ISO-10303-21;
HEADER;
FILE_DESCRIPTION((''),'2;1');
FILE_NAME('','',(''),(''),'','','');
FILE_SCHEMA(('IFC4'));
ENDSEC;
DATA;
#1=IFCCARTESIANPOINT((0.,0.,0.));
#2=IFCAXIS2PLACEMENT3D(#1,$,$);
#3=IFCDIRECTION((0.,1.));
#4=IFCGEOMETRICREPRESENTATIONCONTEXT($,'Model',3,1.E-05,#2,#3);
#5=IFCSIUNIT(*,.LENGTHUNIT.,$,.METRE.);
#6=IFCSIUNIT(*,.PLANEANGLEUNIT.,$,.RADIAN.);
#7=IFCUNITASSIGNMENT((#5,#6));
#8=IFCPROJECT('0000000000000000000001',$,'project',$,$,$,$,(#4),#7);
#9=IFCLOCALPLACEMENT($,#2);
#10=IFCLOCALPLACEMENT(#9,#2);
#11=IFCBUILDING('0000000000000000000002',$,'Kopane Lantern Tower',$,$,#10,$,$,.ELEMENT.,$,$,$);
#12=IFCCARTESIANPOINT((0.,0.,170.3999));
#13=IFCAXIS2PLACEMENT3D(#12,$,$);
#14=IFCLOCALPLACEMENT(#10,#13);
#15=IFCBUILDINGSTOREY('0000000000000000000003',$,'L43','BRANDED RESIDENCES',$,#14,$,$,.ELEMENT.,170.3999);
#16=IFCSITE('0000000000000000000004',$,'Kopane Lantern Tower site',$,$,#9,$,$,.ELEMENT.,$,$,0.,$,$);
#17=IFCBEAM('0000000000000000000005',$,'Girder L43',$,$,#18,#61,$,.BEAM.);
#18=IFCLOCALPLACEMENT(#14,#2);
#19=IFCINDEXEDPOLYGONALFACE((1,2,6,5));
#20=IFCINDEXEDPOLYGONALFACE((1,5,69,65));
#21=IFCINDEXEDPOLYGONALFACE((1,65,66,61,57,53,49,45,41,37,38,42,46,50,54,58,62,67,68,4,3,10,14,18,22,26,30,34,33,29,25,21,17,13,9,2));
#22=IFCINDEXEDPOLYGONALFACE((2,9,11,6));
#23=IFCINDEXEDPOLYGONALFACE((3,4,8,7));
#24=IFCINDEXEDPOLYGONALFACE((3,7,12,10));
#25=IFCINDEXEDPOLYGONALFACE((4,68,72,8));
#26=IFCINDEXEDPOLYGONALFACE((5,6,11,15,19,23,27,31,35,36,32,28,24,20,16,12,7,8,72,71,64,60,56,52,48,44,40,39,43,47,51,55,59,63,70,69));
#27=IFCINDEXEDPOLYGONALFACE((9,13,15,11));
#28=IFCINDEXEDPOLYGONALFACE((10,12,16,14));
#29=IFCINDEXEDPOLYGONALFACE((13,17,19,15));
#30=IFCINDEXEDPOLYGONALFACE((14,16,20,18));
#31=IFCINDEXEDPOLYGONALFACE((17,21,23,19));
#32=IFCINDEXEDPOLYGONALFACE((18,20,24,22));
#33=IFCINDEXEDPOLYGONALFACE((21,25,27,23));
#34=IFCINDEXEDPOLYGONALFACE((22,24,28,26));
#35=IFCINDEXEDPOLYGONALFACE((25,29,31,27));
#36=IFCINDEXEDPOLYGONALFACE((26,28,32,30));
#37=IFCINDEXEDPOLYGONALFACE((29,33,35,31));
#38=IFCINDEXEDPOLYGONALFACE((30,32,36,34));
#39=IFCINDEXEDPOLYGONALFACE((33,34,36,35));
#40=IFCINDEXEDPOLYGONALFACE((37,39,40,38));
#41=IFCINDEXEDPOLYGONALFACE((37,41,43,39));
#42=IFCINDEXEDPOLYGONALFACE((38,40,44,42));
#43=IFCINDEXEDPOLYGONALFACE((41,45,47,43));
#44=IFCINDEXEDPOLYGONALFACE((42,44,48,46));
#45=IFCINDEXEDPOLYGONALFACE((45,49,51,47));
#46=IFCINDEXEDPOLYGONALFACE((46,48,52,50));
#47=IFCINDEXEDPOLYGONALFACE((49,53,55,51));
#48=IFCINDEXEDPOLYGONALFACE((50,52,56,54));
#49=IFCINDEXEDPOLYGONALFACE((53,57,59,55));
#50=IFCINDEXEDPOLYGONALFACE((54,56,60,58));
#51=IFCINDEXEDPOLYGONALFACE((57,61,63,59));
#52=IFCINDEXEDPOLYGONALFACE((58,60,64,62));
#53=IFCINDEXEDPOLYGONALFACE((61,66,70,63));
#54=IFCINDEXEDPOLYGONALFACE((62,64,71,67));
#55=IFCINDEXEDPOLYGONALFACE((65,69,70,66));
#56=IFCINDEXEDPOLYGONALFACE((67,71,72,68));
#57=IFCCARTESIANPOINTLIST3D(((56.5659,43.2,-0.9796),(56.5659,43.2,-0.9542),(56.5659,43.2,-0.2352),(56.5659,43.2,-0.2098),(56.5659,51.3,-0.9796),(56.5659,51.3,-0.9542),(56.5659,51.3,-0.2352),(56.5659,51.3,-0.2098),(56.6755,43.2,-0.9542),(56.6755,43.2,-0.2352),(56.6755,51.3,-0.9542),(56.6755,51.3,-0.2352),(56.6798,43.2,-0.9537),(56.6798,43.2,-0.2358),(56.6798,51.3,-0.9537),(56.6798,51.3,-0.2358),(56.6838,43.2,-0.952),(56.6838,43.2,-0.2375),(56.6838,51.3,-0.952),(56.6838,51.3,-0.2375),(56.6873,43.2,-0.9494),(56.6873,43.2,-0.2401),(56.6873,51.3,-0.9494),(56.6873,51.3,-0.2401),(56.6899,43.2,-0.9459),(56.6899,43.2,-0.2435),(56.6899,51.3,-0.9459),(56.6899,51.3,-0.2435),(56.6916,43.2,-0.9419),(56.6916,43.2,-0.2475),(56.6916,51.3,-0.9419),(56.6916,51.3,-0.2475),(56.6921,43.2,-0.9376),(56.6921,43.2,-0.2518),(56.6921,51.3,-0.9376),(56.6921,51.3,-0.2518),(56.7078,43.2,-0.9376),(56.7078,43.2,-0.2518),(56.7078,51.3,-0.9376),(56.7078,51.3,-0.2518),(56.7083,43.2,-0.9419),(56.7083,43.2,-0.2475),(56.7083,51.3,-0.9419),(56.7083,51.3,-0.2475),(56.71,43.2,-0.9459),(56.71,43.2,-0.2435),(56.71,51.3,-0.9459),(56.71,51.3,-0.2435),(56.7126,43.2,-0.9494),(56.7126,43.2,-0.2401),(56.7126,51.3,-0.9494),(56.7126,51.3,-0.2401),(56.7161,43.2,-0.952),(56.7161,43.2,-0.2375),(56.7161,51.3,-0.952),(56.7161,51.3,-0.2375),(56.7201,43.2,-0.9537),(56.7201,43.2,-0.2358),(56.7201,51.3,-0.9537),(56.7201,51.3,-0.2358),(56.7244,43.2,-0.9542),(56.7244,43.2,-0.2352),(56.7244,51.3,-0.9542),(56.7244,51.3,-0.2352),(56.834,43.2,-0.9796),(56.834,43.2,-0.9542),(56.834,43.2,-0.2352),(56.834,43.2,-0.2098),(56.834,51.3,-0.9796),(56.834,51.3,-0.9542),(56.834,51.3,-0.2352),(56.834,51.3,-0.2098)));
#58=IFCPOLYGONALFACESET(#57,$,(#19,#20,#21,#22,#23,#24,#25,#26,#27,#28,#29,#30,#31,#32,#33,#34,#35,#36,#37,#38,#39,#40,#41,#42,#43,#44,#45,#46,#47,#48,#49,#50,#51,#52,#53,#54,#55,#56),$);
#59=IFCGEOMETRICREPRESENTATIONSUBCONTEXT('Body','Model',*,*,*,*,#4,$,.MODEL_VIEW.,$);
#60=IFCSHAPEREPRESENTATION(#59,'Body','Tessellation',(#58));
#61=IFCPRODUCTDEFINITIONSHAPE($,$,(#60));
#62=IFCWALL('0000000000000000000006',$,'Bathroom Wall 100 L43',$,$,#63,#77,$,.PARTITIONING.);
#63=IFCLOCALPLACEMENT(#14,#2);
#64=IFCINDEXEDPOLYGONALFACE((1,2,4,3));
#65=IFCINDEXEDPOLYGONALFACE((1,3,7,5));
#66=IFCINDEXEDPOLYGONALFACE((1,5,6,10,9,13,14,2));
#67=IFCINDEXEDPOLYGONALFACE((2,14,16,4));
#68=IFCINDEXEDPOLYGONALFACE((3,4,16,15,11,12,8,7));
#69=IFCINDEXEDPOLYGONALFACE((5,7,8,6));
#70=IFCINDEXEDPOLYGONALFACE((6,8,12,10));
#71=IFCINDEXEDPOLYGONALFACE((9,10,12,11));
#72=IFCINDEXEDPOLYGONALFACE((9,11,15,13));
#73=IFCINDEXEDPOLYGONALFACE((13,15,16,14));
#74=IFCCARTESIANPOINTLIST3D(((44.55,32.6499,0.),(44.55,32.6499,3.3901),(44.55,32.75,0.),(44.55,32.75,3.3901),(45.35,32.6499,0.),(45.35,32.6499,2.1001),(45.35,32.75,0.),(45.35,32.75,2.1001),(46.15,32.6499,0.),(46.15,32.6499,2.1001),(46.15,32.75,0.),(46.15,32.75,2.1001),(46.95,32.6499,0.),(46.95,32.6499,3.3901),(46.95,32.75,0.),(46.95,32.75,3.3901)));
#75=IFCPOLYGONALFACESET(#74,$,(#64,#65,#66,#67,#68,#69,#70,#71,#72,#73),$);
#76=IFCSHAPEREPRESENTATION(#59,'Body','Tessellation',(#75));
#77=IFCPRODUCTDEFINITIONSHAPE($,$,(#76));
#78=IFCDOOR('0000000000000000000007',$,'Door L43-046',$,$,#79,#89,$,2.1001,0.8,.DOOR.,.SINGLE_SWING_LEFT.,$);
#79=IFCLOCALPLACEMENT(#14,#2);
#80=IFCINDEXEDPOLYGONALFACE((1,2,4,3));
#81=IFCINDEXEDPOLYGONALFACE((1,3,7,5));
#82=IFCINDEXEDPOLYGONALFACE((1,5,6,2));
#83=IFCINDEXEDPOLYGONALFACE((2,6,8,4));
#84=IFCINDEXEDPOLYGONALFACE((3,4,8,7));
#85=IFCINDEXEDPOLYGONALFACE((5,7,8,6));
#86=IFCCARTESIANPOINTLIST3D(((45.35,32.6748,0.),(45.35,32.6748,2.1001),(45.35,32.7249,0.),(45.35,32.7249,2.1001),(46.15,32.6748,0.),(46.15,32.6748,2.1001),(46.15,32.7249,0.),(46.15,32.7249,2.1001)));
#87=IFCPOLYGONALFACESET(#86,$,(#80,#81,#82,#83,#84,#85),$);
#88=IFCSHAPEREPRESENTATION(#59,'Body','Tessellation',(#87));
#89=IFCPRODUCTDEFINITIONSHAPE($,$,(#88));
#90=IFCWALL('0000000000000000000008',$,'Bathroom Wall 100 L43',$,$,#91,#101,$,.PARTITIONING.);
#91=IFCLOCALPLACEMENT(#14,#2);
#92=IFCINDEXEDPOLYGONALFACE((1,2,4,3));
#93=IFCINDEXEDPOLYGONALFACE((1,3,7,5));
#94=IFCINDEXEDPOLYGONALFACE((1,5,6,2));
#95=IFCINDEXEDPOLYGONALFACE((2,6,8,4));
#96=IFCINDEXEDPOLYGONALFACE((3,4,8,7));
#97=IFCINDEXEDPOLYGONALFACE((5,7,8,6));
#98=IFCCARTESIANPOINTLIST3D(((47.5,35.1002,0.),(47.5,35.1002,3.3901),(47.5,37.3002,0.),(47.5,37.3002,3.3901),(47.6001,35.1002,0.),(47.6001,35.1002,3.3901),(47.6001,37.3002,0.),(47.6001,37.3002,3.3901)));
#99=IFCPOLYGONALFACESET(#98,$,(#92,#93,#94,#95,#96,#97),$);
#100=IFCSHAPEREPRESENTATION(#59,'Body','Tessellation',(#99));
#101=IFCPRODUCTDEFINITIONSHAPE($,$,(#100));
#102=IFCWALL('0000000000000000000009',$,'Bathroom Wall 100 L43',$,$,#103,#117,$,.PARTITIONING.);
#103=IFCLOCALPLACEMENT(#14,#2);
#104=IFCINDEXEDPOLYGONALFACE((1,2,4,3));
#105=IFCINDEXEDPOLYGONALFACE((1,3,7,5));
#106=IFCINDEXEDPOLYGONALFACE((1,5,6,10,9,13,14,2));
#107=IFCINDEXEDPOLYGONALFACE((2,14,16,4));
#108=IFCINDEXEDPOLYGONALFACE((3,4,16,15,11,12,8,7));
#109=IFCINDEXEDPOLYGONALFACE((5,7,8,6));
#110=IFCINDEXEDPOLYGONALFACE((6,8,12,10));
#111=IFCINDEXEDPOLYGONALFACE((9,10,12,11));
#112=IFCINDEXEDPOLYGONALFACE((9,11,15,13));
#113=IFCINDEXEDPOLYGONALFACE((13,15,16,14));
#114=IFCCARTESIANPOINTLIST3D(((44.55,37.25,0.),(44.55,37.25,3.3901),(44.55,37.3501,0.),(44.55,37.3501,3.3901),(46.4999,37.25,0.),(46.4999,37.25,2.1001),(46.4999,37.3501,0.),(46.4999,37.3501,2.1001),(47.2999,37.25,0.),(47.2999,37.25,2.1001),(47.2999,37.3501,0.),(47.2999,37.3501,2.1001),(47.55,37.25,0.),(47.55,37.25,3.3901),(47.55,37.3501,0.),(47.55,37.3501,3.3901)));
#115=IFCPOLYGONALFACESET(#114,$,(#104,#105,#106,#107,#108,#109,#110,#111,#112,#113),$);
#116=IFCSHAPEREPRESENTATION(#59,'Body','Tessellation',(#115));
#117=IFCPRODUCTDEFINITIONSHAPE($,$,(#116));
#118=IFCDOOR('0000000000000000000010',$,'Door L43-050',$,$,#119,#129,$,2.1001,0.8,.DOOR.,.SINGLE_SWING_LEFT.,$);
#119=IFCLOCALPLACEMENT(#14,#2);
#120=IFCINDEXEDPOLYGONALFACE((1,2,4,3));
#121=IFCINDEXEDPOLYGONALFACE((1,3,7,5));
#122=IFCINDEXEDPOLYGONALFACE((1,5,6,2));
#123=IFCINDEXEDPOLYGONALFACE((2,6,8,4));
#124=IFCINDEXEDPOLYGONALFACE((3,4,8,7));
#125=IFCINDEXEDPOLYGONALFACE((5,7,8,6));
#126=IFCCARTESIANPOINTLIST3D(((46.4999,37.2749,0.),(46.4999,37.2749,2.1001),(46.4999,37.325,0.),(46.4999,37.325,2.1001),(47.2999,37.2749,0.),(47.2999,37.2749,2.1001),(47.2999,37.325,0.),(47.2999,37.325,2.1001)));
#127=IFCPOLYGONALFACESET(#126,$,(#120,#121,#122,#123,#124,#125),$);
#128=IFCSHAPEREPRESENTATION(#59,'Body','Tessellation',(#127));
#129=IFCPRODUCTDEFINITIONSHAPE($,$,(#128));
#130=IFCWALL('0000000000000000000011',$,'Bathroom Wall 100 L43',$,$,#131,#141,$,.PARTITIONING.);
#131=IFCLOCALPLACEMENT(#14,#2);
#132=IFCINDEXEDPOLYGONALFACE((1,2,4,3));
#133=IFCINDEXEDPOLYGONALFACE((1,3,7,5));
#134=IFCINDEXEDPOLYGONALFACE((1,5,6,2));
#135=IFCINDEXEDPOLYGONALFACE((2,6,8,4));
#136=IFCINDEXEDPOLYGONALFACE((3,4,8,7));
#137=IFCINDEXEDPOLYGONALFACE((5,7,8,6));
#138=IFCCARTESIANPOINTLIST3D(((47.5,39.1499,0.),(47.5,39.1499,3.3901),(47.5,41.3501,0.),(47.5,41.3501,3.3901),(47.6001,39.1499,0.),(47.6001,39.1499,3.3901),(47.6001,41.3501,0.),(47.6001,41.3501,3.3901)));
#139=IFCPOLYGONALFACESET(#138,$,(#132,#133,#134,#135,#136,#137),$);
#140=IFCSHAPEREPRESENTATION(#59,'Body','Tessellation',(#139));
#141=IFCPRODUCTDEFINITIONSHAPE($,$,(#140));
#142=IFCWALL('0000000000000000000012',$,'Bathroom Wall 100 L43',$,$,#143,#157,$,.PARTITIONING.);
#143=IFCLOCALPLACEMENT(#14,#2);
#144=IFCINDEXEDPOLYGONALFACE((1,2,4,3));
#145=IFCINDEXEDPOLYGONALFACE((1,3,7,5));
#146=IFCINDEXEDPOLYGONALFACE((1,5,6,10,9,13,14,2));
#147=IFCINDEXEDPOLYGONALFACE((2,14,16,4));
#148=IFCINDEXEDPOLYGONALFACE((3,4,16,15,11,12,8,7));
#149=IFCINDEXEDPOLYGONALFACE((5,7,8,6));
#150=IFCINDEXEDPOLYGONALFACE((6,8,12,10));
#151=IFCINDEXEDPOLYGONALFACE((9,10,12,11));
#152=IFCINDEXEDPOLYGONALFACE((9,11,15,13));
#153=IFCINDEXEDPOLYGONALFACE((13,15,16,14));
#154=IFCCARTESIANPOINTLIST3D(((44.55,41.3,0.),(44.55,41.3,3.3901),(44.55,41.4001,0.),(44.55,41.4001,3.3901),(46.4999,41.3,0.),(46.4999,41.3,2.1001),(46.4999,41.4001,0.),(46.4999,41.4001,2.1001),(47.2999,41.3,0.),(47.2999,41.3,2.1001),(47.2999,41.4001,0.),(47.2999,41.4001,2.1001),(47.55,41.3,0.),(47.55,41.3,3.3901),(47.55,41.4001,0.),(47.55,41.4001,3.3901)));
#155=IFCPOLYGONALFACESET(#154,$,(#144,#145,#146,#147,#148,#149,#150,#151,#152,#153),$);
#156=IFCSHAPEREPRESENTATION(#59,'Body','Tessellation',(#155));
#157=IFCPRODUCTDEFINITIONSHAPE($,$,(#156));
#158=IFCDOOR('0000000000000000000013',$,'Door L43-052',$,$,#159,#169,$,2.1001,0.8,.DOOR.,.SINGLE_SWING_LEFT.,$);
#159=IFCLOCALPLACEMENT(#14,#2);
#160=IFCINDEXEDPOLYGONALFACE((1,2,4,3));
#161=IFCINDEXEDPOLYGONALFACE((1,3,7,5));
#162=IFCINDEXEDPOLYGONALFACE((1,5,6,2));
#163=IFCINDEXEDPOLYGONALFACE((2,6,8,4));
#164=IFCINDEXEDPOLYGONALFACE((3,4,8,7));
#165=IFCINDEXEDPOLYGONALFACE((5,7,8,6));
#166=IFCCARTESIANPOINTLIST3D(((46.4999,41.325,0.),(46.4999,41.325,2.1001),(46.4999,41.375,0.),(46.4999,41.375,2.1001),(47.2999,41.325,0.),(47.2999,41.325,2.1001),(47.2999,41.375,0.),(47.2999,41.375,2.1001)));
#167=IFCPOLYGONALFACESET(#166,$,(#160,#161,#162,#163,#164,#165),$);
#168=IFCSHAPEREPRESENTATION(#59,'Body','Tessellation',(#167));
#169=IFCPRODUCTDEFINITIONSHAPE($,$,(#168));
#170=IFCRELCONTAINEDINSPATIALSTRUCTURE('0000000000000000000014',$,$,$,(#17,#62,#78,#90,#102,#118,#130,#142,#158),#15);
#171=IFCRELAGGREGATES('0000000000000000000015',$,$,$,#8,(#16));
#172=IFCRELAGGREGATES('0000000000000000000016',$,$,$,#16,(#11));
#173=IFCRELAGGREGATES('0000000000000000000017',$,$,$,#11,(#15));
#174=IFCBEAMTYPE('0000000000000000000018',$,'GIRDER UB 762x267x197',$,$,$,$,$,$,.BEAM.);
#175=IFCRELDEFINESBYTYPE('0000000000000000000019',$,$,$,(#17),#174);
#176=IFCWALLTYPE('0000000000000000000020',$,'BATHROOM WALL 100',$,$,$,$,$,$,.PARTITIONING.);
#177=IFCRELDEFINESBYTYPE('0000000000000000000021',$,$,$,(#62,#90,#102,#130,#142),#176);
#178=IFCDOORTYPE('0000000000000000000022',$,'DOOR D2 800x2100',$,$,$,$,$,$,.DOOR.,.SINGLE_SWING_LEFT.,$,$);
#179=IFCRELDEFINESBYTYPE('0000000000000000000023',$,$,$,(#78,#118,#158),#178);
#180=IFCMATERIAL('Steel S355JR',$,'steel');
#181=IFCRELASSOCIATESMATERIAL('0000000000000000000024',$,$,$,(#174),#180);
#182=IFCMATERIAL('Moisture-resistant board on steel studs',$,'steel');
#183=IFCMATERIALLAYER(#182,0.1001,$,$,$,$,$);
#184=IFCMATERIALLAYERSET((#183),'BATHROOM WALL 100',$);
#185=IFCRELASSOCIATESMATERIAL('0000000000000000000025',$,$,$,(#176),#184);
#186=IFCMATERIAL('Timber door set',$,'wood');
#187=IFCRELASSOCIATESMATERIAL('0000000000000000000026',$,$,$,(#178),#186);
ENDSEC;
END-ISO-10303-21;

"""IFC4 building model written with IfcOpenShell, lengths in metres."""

from ifc_helpers import new_model, si_unit, direction, frame, frame_2d, origin, origin_2d, place, context, subcontext, project, spatial, rectangle, i_section, extrude, material, layer, layer_set, material_profile, profile_set, type_object, element, fill, save


model = new_model("IFC4")

# Units and contexts
model_context = context("Model", 3, precision=1e-05, world=origin(), true_north=direction((0.0, 1.0)))
body_context = subcontext(model_context, "Body", "Model", "MODEL_VIEW")
ifc_project = project(units=[si_unit("LENGTHUNIT", "METRE"), si_unit("PLANEANGLEUNIT", "RADIAN")], contexts=[model_context])

# Site, building, storey
site_placement = place(None, origin())
site = spatial("IfcSite", under=ifc_project, at=site_placement, Name="Kopane Lantern Tower site", CompositionType="ELEMENT", RefElevation=0.0)
building_placement = place(site_placement, origin())
building = spatial("IfcBuilding", under=site, at=building_placement, Name="Kopane Lantern Tower", CompositionType="ELEMENT")
storey_placement = place(building_placement, frame((0.0, 0.0, 170.3999)))
storey = spatial("IfcBuildingStorey", under=building, at=storey_placement, Name="L43", Description="BRANDED RESIDENCES", CompositionType="ELEMENT", Elevation=170.3999)

# Beam
ifc_material_1 = material(Name="Steel S355JR", Category="steel")
ifc_material_profile_1 = material_profile(ifc_material_1, i_section(OverallWidth=0.2681, OverallDepth=0.7698, WebThickness=0.0156, FlangeThickness=0.0254, FilletRadius=0.0166, at=origin_2d()), Name="UB 762x267x197")
ifc_profile_set_1 = profile_set([ifc_material_profile_1], Name="Steel S355JR")
beam_type = type_object("IfcBeamType", Name="GIRDER UB 762x267x197", PredefinedType="BEAM", material=ifc_profile_set_1)
beam_1_placement = place(storey_placement, frame((56.7, 43.2, -0.5947), z_axis=(0.0, 1.0, 0.0), x_axis=(-1.0, 0.0, 0.0)))
element("IfcBeam", 1, at=beam_1_placement, inside=storey, type_object=beam_type, Name="Girder L43", PredefinedType="BEAM", context=body_context, shape_type="SweptSolid", body=[
    extrude(i_section(OverallWidth=0.2681, OverallDepth=0.7698, WebThickness=0.0156, FlangeThickness=0.0254, FilletRadius=0.0166, at=origin_2d()), origin(), (0.0, 0.0, 1.0), 8.1001),
])

# Wall, opening, door
ifc_material_2 = material(Name="Moisture-resistant board on steel studs", Category="steel")
ifc_layer_1 = layer(ifc_material_2, 0.1001)
ifc_layer_set_1 = layer_set([ifc_layer_1], Name="BATHROOM WALL 100")
wall_type_1 = type_object("IfcWallType", Name="BATHROOM WALL 100", PredefinedType="PARTITIONING", material=ifc_layer_set_1)
wall_1_placement = place(storey_placement, frame((44.55, 32.7, 0.0), z_axis=(0.0, 0.0, 1.0), x_axis=(1.0, 0.0, 0.0)))
wall_1 = element("IfcWall", 2, at=wall_1_placement, inside=storey, type_object=wall_type_1, Name="Bathroom Wall 100 L43", PredefinedType="PARTITIONING", context=body_context, shape_type="SweptSolid", body=[
    extrude(rectangle(XDim=2.3999, YDim=0.1001, at=frame_2d((1.2, 0.0))), origin(), (0.0, 0.0, 1.0), 3.3901),
])
opening_1_placement = place(wall_1_placement, frame((0.8, 0.0, 0.0)))
opening_1 = element("IfcOpeningElement", 3, at=opening_1_placement, cuts=wall_1, PredefinedType="OPENING", context=body_context, shape_type="SweptSolid", body=[
    extrude(rectangle(XDim=0.8, YDim=2.1001, at=frame_2d((0.3999, 1.05))), frame((0.0, 0.0601, 0.0), z_axis=(0.0, -1.0, 0.0), x_axis=(1.0, 0.0, 0.0)), (0.0, 0.0, 1.0), 0.1201),
])
ifc_material_3 = material(Name="Timber door set", Category="wood")
door_type = type_object("IfcDoorType", Name="DOOR D2 800x2100", OperationType="SINGLE_SWING_LEFT", PredefinedType="DOOR", material=ifc_material_3)
door_1_placement = place(opening_1_placement, origin())
door_1 = element("IfcDoor", 4, at=door_1_placement, inside=storey, type_object=door_type, Name="Door L43-046", OperationType="SINGLE_SWING_LEFT", OverallHeight=2.1001, OverallWidth=0.8, PredefinedType="DOOR", context=body_context, shape_type="SweptSolid", body=[
    extrude(rectangle(XDim=0.8, YDim=2.1001, at=frame_2d((0.3999, 1.05))), frame((0.0, 0.0249, 0.0), z_axis=(0.0, -1.0, 0.0), x_axis=(1.0, 0.0, 0.0)), (0.0, 0.0, 1.0), 0.05),
])
fill(opening_1, door_1)

# Wall
wall_2_placement = place(storey_placement, frame((47.55, 35.1001, 0.0), z_axis=(0.0, 0.0, 1.0), x_axis=(0.0, 1.0, 0.0)))
element("IfcWall", 5, at=wall_2_placement, inside=storey, type_object=wall_type_1, Name="Bathroom Wall 100 L43", PredefinedType="PARTITIONING", context=body_context, shape_type="SweptSolid", body=[
    extrude(rectangle(XDim=2.2, YDim=0.1001, at=frame_2d((1.1001, 0.0))), origin(), (0.0, 0.0, 1.0), 3.3901),
])

# Wall, opening, door
wall_3_placement = place(storey_placement, frame((44.55, 37.3, 0.0), z_axis=(0.0, 0.0, 1.0), x_axis=(1.0, 0.0, 0.0)))
wall_3 = element("IfcWall", 6, at=wall_3_placement, inside=storey, type_object=wall_type_1, Name="Bathroom Wall 100 L43", PredefinedType="PARTITIONING", context=body_context, shape_type="SweptSolid", body=[
    extrude(rectangle(XDim=3.0, YDim=0.1001, at=frame_2d((1.5, 0.0))), origin(), (0.0, 0.0, 1.0), 3.3901),
])
opening_2_placement = place(wall_3_placement, frame((1.95, 0.0, 0.0)))
opening_2 = element("IfcOpeningElement", 7, at=opening_2_placement, cuts=wall_3, PredefinedType="OPENING", context=body_context, shape_type="SweptSolid", body=[
    extrude(rectangle(XDim=0.8, YDim=2.1001, at=frame_2d((0.3999, 1.05))), frame((0.0, 0.0601, 0.0), z_axis=(0.0, -1.0, 0.0), x_axis=(1.0, 0.0, 0.0)), (0.0, 0.0, 1.0), 0.1201),
])
door_2_placement = place(opening_2_placement, origin())
door_2 = element("IfcDoor", 8, at=door_2_placement, inside=storey, type_object=door_type, Name="Door L43-050", OperationType="SINGLE_SWING_LEFT", OverallHeight=2.1001, OverallWidth=0.8, PredefinedType="DOOR", context=body_context, shape_type="SweptSolid", body=[
    extrude(rectangle(XDim=0.8, YDim=2.1001, at=frame_2d((0.3999, 1.05))), frame((0.0, 0.0249, 0.0), z_axis=(0.0, -1.0, 0.0), x_axis=(1.0, 0.0, 0.0)), (0.0, 0.0, 1.0), 0.05),
])
fill(opening_2, door_2)

# Wall
wall_4_placement = place(storey_placement, frame((47.55, 39.1499, 0.0), z_axis=(0.0, 0.0, 1.0), x_axis=(0.0, 1.0, 0.0)))
element("IfcWall", 9, at=wall_4_placement, inside=storey, type_object=wall_type_1, Name="Bathroom Wall 100 L43", PredefinedType="PARTITIONING", context=body_context, shape_type="SweptSolid", body=[
    extrude(rectangle(XDim=2.2002, YDim=0.1001, at=frame_2d((1.1001, 0.0))), origin(), (0.0, 0.0, 1.0), 3.3901),
])

# Wall, opening, door
wall_5_placement = place(storey_placement, frame((44.55, 41.3501, 0.0), z_axis=(0.0, 0.0, 1.0), x_axis=(1.0, 0.0, 0.0)))
wall_5 = element("IfcWall", 10, at=wall_5_placement, inside=storey, type_object=wall_type_1, Name="Bathroom Wall 100 L43", PredefinedType="PARTITIONING", context=body_context, shape_type="SweptSolid", body=[
    extrude(rectangle(XDim=3.0, YDim=0.1001, at=frame_2d((1.5, 0.0))), origin(), (0.0, 0.0, 1.0), 3.3901),
])
opening_3_placement = place(wall_5_placement, frame((1.95, 0.0, 0.0)))
opening_3 = element("IfcOpeningElement", 11, at=opening_3_placement, cuts=wall_5, PredefinedType="OPENING", context=body_context, shape_type="SweptSolid", body=[
    extrude(rectangle(XDim=0.8, YDim=2.1001, at=frame_2d((0.3999, 1.05))), frame((0.0, 0.0601, 0.0), z_axis=(0.0, -1.0, 0.0), x_axis=(1.0, 0.0, 0.0)), (0.0, 0.0, 1.0), 0.1201),
])
door_3_placement = place(opening_3_placement, origin())
door_3 = element("IfcDoor", 12, at=door_3_placement, inside=storey, type_object=door_type, Name="Door L43-052", OperationType="SINGLE_SWING_LEFT", OverallHeight=2.1001, OverallWidth=0.8, PredefinedType="DOOR", context=body_context, shape_type="SweptSolid", body=[
    extrude(rectangle(XDim=0.8, YDim=2.1001, at=frame_2d((0.3999, 1.05))), frame((0.0, 0.0249, 0.0), z_axis=(0.0, -1.0, 0.0), x_axis=(1.0, 0.0, 0.0)), (0.0, 0.0, 1.0), 0.05),
])
fill(opening_3, door_3)

save(model, "model.ifc")
